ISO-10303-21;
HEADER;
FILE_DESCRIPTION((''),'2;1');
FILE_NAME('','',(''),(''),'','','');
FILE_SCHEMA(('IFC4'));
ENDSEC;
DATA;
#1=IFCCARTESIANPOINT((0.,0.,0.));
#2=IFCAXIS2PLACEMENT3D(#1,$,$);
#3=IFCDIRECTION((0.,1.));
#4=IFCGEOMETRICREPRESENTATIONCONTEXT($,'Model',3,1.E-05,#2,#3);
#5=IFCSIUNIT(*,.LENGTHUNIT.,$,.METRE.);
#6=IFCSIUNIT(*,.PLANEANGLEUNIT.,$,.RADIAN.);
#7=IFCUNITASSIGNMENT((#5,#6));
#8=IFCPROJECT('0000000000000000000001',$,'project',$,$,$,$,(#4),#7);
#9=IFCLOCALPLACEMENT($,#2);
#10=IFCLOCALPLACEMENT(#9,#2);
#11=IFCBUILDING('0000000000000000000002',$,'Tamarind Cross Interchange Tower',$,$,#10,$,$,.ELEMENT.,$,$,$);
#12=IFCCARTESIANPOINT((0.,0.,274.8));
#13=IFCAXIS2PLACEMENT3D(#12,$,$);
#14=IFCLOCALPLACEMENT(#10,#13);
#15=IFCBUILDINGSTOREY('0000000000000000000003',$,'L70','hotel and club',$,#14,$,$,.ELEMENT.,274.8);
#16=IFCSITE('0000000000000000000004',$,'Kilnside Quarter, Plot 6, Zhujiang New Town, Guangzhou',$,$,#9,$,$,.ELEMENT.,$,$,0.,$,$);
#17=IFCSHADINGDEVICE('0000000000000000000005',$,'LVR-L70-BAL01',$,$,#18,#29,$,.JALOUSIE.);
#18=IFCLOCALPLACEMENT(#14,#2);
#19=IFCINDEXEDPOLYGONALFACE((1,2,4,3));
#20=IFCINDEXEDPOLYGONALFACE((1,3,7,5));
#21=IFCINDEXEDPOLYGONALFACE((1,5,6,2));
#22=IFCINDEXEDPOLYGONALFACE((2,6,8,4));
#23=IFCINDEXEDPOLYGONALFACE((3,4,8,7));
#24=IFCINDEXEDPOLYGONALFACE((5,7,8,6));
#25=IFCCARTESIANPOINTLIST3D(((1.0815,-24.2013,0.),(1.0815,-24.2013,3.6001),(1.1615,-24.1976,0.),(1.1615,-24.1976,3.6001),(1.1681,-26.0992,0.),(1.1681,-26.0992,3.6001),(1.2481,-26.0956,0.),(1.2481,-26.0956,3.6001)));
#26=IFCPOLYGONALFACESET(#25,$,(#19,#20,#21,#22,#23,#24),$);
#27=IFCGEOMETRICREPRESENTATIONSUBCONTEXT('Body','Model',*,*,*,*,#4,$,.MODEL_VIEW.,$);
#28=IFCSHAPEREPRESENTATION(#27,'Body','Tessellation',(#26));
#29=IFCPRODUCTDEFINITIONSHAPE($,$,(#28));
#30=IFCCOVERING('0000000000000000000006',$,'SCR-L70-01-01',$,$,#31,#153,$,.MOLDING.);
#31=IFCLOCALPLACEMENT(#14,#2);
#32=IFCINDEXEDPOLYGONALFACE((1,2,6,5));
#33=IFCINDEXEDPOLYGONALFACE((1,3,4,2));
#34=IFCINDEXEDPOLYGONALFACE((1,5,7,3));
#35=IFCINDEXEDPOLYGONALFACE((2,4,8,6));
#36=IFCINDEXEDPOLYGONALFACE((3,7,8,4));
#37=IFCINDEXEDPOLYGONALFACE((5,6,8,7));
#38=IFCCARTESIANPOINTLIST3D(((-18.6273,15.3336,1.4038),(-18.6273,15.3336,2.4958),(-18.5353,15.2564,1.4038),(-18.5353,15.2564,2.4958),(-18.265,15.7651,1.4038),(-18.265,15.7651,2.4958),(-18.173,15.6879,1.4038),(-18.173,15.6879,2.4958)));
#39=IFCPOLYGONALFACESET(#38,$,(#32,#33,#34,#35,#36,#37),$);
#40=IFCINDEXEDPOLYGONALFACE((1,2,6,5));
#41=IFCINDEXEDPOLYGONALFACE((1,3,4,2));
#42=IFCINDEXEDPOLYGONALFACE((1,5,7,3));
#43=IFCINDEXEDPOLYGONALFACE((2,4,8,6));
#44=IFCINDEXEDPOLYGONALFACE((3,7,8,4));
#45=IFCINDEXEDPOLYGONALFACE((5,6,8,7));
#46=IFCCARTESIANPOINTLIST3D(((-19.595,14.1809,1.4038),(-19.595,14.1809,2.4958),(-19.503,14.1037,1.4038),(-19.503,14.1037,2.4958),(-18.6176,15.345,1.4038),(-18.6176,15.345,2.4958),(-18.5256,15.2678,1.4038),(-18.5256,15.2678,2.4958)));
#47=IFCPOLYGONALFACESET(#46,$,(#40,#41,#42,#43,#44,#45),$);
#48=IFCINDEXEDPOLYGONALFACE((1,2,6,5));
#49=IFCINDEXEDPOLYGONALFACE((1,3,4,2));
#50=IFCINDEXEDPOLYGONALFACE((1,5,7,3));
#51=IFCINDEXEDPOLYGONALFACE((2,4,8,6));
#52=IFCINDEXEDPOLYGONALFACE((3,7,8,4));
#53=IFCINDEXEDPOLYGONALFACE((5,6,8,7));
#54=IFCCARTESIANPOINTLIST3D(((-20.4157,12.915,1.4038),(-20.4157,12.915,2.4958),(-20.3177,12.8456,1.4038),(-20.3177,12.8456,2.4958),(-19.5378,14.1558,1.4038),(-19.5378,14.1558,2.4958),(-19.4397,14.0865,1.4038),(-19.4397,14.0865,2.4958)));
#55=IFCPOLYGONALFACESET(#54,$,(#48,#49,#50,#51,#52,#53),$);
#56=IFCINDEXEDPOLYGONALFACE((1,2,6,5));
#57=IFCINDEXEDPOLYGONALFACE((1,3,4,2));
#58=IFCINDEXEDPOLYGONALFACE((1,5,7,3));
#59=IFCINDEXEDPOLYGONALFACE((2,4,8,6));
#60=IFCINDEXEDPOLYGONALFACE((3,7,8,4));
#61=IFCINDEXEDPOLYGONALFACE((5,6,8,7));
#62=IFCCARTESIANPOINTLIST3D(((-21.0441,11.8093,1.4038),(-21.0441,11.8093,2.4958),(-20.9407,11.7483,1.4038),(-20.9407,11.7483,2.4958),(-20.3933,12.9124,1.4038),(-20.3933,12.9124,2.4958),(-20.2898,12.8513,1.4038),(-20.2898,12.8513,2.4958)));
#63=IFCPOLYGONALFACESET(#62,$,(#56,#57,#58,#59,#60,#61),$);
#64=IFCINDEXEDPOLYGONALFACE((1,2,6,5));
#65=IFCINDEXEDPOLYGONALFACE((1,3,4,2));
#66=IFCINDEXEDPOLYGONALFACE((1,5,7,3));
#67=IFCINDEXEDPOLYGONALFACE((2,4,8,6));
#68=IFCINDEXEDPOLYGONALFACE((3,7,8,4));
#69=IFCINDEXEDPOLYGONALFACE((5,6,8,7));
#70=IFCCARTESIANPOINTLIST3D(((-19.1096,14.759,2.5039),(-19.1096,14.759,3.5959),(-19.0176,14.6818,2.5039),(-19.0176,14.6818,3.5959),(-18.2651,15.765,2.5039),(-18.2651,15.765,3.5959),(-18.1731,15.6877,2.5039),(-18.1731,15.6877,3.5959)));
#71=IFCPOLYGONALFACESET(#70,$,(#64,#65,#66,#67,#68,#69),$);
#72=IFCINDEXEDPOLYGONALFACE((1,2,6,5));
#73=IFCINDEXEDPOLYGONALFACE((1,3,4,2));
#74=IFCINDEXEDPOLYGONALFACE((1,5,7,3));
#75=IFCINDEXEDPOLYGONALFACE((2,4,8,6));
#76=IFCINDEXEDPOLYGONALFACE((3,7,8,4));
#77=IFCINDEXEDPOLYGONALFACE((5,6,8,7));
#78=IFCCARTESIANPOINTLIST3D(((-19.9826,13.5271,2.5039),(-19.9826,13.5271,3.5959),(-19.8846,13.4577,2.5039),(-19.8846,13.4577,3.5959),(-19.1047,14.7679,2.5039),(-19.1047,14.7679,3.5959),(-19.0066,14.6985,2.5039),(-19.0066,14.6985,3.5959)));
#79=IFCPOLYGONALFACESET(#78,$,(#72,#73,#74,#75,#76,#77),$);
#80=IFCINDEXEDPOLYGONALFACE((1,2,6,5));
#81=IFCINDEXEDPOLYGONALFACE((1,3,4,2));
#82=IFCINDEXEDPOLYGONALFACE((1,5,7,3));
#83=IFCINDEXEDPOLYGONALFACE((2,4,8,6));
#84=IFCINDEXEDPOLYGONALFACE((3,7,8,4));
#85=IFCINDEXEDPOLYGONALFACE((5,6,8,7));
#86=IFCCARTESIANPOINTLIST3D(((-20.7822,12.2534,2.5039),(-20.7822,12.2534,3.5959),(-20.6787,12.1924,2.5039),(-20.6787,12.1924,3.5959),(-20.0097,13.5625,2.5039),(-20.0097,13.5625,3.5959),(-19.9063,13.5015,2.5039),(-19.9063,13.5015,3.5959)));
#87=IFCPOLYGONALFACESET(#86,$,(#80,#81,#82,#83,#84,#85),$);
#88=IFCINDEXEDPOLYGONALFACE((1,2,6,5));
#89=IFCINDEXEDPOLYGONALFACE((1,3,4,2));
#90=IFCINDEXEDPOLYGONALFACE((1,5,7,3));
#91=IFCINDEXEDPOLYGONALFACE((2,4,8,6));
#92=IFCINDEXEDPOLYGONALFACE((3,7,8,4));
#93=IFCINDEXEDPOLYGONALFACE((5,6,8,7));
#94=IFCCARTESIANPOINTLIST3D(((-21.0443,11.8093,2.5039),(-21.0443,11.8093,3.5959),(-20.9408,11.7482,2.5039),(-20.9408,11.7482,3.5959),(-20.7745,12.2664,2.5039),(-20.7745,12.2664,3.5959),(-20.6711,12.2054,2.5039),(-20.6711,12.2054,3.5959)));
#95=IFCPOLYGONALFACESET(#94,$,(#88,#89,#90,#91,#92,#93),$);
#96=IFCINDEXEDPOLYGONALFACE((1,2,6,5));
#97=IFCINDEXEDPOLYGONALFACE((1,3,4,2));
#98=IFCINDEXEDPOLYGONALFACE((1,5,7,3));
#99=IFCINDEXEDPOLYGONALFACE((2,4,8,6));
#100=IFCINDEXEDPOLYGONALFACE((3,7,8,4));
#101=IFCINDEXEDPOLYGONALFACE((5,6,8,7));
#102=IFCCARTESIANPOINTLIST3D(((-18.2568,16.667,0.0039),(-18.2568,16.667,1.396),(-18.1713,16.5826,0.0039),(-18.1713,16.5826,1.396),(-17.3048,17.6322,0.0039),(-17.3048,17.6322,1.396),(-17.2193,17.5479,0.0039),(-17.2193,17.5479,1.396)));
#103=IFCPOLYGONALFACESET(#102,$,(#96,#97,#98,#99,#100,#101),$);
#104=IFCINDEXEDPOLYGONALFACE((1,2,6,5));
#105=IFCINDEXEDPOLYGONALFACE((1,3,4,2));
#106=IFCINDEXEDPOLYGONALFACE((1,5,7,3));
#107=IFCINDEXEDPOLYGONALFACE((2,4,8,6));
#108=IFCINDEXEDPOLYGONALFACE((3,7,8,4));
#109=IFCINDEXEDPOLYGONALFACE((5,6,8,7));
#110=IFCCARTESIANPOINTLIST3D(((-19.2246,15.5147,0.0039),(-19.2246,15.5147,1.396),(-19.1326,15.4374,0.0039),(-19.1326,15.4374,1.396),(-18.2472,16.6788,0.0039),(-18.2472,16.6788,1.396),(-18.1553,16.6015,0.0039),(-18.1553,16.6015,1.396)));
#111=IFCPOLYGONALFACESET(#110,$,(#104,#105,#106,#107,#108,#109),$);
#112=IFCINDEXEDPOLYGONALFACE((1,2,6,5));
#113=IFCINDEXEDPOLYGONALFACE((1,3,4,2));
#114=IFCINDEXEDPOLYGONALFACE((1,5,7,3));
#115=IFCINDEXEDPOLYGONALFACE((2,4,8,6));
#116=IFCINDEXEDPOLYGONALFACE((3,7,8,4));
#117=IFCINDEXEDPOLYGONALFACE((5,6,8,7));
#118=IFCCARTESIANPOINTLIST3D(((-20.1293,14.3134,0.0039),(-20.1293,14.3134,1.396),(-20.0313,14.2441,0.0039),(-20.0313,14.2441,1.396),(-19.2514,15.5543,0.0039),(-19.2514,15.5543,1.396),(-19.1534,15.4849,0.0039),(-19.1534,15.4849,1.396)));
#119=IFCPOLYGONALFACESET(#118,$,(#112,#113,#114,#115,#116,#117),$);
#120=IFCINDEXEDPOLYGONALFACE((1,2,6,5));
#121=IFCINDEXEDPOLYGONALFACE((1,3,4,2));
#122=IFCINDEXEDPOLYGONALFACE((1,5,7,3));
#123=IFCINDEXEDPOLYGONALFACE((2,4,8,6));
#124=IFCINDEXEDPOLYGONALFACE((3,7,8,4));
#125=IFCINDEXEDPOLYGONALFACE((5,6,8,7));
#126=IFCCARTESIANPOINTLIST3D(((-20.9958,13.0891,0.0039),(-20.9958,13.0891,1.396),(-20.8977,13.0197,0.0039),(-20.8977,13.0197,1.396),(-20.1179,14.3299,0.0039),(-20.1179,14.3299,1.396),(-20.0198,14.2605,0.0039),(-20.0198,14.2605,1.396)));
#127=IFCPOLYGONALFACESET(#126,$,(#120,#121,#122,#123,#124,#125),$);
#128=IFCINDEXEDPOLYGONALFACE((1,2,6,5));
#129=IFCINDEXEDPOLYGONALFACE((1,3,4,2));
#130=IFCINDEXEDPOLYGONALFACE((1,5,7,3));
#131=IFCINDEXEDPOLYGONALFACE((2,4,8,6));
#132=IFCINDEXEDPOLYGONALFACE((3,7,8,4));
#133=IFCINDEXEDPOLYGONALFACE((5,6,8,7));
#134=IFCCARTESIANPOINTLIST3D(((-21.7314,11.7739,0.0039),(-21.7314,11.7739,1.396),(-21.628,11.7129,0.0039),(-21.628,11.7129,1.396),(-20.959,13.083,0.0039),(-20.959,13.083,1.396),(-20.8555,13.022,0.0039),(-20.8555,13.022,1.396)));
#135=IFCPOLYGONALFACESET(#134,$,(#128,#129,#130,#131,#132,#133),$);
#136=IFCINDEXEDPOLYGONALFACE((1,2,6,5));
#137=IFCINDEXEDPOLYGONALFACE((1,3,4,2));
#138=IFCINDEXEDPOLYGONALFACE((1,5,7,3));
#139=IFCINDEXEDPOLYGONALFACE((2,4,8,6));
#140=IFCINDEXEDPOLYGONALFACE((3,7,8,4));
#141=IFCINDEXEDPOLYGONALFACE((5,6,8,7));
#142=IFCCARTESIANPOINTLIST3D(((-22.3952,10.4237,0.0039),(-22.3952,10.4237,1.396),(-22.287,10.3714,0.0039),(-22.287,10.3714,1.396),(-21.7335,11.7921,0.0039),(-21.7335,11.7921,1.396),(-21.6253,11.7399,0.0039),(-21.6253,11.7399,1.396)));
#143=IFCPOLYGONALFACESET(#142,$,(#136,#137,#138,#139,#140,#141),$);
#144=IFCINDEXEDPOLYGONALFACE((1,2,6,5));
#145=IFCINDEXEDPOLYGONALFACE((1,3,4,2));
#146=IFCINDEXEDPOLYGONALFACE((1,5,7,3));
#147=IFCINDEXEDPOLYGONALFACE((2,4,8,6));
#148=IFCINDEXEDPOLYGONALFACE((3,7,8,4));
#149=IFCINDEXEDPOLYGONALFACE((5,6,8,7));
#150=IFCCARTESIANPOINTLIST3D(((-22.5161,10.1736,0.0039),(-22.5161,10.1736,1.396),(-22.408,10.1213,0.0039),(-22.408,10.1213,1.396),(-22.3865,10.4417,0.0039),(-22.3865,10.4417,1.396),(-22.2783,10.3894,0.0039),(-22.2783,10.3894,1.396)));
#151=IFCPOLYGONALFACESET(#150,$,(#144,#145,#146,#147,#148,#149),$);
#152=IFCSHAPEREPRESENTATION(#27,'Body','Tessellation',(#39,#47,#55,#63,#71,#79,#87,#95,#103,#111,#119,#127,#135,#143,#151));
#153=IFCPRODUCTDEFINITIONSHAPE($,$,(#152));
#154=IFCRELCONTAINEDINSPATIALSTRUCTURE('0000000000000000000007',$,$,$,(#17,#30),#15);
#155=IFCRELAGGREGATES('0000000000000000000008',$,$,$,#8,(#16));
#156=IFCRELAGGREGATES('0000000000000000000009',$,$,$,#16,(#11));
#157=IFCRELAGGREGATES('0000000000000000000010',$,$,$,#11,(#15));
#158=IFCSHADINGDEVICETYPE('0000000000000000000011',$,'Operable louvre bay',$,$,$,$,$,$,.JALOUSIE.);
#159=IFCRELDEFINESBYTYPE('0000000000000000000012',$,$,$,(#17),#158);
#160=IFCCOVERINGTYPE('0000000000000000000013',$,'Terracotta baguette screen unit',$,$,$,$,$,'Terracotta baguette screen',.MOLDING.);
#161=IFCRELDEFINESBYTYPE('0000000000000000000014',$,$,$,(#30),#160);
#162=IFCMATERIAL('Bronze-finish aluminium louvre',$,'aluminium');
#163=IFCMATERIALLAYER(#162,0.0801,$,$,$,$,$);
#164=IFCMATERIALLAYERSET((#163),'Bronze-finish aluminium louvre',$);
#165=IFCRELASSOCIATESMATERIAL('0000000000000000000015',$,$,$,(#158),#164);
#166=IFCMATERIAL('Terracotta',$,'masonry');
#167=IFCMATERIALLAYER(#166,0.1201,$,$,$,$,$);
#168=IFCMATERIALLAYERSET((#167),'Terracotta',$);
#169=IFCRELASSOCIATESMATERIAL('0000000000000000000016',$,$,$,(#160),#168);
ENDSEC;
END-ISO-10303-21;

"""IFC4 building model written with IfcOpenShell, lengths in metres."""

from ifc_helpers import new_model, si_unit, direction, frame, origin, origin_2d, place, context, subcontext, project, spatial, rectangle, extrude, material, layer, layer_set, type_object, element, save


model = new_model("IFC4")

# Units and contexts
model_context = context("Model", 3, precision=1e-05, world=origin(), true_north=direction((0.0, 1.0)))
body_context = subcontext(model_context, "Body", "Model", "MODEL_VIEW")
ifc_project = project(units=[si_unit("LENGTHUNIT", "METRE"), si_unit("PLANEANGLEUNIT", "RADIAN")], contexts=[model_context])

# Site, building, storey
site_placement = place(None, origin())
site = spatial("IfcSite", under=ifc_project, at=site_placement, Name="Kilnside Quarter, Plot 6, Zhujiang New Town, Guangzhou", CompositionType="ELEMENT", RefElevation=0.0)
building_placement = place(site_placement, origin())
building = spatial("IfcBuilding", under=site, at=building_placement, Name="Tamarind Cross Interchange Tower", CompositionType="ELEMENT")
storey_placement = place(building_placement, frame((0.0, 0.0, 274.8)))
storey = spatial("IfcBuildingStorey", under=building, at=storey_placement, Name="L70", Description="hotel and club", CompositionType="ELEMENT", Elevation=274.8)

# Shading device
ifc_material_1 = material(Name="Bronze-finish aluminium louvre", Category="aluminium")
ifc_layer_1 = layer(ifc_material_1, 0.0801)
ifc_layer_set_1 = layer_set([ifc_layer_1], Name="Bronze-finish aluminium louvre")
shading_device_type = type_object("IfcShadingDeviceType", Name="Operable louvre bay", PredefinedType="JALOUSIE", material=ifc_layer_set_1)
shading_device_placement = place(storey_placement, origin())
element("IfcShadingDevice", 1, at=shading_device_placement, inside=storey, type_object=shading_device_type, Name="LVR-L70-BAL01", PredefinedType="JALOUSIE", context=body_context, shape_type="SweptSolid", body=[
    extrude(rectangle(XDim=1.8999, YDim=0.0801, at=origin_2d()), frame((1.1648, -25.1484, 0.0), z_axis=(0.0, 0.0, 1.0), x_axis=(0.045624, -0.998959, 0.0)), (0.0, 0.0, 1.0), 3.6001),
])

# Covering
ifc_material_2 = material(Name="Terracotta", Category="masonry")
ifc_layer_2 = layer(ifc_material_2, 0.1201)
ifc_layer_set_2 = layer_set([ifc_layer_2], Name="Terracotta")
covering_type = type_object("IfcCoveringType", Name="Terracotta baguette screen unit", ElementType="Terracotta baguette screen", PredefinedType="MOLDING", material=ifc_layer_set_2)
covering_1_placement = place(storey_placement, origin())
element("IfcCovering", 2, at=covering_1_placement, inside=storey, type_object=covering_type, Name="SCR-L70-01-01", PredefinedType="MOLDING", context=body_context, shape_type="SweptSolid", body=[
    extrude(rectangle(XDim=0.5635, YDim=0.1201, at=origin_2d()), frame((-18.4001, 15.5107, 1.4038), z_axis=(0.0, 0.0, 1.0), x_axis=(-0.643009, -0.765858, 0.0)), (0.0, 0.0, 1.0), 1.092),
    extrude(rectangle(XDim=1.52, YDim=0.1201, at=origin_2d()), frame((-19.0603, 14.7244, 1.4038), z_axis=(0.0, 0.0, 1.0), x_axis=(-0.643009, -0.765858, 0.0)), (0.0, 0.0, 1.0), 1.092),
    extrude(rectangle(XDim=1.52, YDim=0.1201, at=origin_2d()), frame((-19.9277, 13.5007, 1.4038), z_axis=(0.0, 0.0, 1.0), x_axis=(-0.577569, -0.816342, 0.0)), (0.0, 0.0, 1.0), 1.092),
    extrude(rectangle(XDim=1.2808, YDim=0.1201, at=origin_2d()), frame((-20.667, 12.3303, 1.4038), z_axis=(0.0, 0.0, 1.0), x_axis=(-0.508183, -0.861249, 0.0)), (0.0, 0.0, 1.0), 1.092),
    extrude(rectangle(XDim=1.3135, YDim=0.1201, at=origin_2d()), frame((-18.6414, 15.2234, 2.5039), z_axis=(0.0, 0.0, 1.0), x_axis=(-0.643009, -0.765858, 0.0)), (0.0, 0.0, 1.0), 1.092),
    extrude(rectangle(XDim=1.52, YDim=0.1201, at=origin_2d()), frame((-19.4946, 14.1128, 2.5039), z_axis=(0.0, 0.0, 1.0), x_axis=(-0.577569, -0.816342, 0.0)), (0.0, 0.0, 1.0), 1.092),
    extrude(rectangle(XDim=1.52, YDim=0.1201, at=origin_2d()), frame((-20.3442, 12.8774, 2.5039), z_axis=(0.0, 0.0, 1.0), x_axis=(-0.508183, -0.861249, 0.0)), (0.0, 0.0, 1.0), 1.092),
    extrude(rectangle(XDim=0.5308, YDim=0.1201, at=origin_2d()), frame((-20.8577, 12.0073, 2.5039), z_axis=(0.0, 0.0, 1.0), x_axis=(-0.508183, -0.861249, 0.0)), (0.0, 0.0, 1.0), 1.092),
    extrude(rectangle(XDim=1.3557, YDim=0.1201, at=origin_2d()), frame((-17.738, 17.1074, 0.0039), z_axis=(0.0, 0.0, 1.0), x_axis=(-0.70218, -0.711999, 0.0)), (0.0, 0.0, 1.0), 1.3921),
    extrude(rectangle(XDim=1.52, YDim=0.1201, at=origin_2d()), frame((-18.6899, 16.0581, 0.0039), z_axis=(0.0, 0.0, 1.0), x_axis=(-0.643009, -0.765858, 0.0)), (0.0, 0.0, 1.0), 1.3921),
    extrude(rectangle(XDim=1.52, YDim=0.1201, at=origin_2d()), frame((-19.6414, 14.8992, 0.0039), z_axis=(0.0, 0.0, 1.0), x_axis=(-0.577569, -0.816342, 0.0)), (0.0, 0.0, 1.0), 1.3921),
    extrude(rectangle(XDim=1.52, YDim=0.1201, at=origin_2d()), frame((-20.5078, 13.6748, 0.0039), z_axis=(0.0, 0.0, 1.0), x_axis=(-0.577569, -0.816342, 0.0)), (0.0, 0.0, 1.0), 1.3921),
    extrude(rectangle(XDim=1.52, YDim=0.1201, at=origin_2d()), frame((-21.2935, 12.3979, 0.0039), z_axis=(0.0, 0.0, 1.0), x_axis=(-0.508183, -0.861249, 0.0)), (0.0, 0.0, 1.0), 1.3921),
    extrude(rectangle(XDim=1.52, YDim=0.1201, at=origin_2d()), frame((-22.0103, 11.0818, 0.0039), z_axis=(0.0, 0.0, 1.0), x_axis=(-0.435326, -0.900273, 0.0)), (0.0, 0.0, 1.0), 1.3921),
    extrude(rectangle(XDim=0.2979, YDim=0.1201, at=origin_2d()), frame((-22.3972, 10.2815, 0.0039), z_axis=(0.0, 0.0, 1.0), x_axis=(-0.435326, -0.900273, 0.0)), (0.0, 0.0, 1.0), 1.3921),
])

save(model, "model.ifc")
